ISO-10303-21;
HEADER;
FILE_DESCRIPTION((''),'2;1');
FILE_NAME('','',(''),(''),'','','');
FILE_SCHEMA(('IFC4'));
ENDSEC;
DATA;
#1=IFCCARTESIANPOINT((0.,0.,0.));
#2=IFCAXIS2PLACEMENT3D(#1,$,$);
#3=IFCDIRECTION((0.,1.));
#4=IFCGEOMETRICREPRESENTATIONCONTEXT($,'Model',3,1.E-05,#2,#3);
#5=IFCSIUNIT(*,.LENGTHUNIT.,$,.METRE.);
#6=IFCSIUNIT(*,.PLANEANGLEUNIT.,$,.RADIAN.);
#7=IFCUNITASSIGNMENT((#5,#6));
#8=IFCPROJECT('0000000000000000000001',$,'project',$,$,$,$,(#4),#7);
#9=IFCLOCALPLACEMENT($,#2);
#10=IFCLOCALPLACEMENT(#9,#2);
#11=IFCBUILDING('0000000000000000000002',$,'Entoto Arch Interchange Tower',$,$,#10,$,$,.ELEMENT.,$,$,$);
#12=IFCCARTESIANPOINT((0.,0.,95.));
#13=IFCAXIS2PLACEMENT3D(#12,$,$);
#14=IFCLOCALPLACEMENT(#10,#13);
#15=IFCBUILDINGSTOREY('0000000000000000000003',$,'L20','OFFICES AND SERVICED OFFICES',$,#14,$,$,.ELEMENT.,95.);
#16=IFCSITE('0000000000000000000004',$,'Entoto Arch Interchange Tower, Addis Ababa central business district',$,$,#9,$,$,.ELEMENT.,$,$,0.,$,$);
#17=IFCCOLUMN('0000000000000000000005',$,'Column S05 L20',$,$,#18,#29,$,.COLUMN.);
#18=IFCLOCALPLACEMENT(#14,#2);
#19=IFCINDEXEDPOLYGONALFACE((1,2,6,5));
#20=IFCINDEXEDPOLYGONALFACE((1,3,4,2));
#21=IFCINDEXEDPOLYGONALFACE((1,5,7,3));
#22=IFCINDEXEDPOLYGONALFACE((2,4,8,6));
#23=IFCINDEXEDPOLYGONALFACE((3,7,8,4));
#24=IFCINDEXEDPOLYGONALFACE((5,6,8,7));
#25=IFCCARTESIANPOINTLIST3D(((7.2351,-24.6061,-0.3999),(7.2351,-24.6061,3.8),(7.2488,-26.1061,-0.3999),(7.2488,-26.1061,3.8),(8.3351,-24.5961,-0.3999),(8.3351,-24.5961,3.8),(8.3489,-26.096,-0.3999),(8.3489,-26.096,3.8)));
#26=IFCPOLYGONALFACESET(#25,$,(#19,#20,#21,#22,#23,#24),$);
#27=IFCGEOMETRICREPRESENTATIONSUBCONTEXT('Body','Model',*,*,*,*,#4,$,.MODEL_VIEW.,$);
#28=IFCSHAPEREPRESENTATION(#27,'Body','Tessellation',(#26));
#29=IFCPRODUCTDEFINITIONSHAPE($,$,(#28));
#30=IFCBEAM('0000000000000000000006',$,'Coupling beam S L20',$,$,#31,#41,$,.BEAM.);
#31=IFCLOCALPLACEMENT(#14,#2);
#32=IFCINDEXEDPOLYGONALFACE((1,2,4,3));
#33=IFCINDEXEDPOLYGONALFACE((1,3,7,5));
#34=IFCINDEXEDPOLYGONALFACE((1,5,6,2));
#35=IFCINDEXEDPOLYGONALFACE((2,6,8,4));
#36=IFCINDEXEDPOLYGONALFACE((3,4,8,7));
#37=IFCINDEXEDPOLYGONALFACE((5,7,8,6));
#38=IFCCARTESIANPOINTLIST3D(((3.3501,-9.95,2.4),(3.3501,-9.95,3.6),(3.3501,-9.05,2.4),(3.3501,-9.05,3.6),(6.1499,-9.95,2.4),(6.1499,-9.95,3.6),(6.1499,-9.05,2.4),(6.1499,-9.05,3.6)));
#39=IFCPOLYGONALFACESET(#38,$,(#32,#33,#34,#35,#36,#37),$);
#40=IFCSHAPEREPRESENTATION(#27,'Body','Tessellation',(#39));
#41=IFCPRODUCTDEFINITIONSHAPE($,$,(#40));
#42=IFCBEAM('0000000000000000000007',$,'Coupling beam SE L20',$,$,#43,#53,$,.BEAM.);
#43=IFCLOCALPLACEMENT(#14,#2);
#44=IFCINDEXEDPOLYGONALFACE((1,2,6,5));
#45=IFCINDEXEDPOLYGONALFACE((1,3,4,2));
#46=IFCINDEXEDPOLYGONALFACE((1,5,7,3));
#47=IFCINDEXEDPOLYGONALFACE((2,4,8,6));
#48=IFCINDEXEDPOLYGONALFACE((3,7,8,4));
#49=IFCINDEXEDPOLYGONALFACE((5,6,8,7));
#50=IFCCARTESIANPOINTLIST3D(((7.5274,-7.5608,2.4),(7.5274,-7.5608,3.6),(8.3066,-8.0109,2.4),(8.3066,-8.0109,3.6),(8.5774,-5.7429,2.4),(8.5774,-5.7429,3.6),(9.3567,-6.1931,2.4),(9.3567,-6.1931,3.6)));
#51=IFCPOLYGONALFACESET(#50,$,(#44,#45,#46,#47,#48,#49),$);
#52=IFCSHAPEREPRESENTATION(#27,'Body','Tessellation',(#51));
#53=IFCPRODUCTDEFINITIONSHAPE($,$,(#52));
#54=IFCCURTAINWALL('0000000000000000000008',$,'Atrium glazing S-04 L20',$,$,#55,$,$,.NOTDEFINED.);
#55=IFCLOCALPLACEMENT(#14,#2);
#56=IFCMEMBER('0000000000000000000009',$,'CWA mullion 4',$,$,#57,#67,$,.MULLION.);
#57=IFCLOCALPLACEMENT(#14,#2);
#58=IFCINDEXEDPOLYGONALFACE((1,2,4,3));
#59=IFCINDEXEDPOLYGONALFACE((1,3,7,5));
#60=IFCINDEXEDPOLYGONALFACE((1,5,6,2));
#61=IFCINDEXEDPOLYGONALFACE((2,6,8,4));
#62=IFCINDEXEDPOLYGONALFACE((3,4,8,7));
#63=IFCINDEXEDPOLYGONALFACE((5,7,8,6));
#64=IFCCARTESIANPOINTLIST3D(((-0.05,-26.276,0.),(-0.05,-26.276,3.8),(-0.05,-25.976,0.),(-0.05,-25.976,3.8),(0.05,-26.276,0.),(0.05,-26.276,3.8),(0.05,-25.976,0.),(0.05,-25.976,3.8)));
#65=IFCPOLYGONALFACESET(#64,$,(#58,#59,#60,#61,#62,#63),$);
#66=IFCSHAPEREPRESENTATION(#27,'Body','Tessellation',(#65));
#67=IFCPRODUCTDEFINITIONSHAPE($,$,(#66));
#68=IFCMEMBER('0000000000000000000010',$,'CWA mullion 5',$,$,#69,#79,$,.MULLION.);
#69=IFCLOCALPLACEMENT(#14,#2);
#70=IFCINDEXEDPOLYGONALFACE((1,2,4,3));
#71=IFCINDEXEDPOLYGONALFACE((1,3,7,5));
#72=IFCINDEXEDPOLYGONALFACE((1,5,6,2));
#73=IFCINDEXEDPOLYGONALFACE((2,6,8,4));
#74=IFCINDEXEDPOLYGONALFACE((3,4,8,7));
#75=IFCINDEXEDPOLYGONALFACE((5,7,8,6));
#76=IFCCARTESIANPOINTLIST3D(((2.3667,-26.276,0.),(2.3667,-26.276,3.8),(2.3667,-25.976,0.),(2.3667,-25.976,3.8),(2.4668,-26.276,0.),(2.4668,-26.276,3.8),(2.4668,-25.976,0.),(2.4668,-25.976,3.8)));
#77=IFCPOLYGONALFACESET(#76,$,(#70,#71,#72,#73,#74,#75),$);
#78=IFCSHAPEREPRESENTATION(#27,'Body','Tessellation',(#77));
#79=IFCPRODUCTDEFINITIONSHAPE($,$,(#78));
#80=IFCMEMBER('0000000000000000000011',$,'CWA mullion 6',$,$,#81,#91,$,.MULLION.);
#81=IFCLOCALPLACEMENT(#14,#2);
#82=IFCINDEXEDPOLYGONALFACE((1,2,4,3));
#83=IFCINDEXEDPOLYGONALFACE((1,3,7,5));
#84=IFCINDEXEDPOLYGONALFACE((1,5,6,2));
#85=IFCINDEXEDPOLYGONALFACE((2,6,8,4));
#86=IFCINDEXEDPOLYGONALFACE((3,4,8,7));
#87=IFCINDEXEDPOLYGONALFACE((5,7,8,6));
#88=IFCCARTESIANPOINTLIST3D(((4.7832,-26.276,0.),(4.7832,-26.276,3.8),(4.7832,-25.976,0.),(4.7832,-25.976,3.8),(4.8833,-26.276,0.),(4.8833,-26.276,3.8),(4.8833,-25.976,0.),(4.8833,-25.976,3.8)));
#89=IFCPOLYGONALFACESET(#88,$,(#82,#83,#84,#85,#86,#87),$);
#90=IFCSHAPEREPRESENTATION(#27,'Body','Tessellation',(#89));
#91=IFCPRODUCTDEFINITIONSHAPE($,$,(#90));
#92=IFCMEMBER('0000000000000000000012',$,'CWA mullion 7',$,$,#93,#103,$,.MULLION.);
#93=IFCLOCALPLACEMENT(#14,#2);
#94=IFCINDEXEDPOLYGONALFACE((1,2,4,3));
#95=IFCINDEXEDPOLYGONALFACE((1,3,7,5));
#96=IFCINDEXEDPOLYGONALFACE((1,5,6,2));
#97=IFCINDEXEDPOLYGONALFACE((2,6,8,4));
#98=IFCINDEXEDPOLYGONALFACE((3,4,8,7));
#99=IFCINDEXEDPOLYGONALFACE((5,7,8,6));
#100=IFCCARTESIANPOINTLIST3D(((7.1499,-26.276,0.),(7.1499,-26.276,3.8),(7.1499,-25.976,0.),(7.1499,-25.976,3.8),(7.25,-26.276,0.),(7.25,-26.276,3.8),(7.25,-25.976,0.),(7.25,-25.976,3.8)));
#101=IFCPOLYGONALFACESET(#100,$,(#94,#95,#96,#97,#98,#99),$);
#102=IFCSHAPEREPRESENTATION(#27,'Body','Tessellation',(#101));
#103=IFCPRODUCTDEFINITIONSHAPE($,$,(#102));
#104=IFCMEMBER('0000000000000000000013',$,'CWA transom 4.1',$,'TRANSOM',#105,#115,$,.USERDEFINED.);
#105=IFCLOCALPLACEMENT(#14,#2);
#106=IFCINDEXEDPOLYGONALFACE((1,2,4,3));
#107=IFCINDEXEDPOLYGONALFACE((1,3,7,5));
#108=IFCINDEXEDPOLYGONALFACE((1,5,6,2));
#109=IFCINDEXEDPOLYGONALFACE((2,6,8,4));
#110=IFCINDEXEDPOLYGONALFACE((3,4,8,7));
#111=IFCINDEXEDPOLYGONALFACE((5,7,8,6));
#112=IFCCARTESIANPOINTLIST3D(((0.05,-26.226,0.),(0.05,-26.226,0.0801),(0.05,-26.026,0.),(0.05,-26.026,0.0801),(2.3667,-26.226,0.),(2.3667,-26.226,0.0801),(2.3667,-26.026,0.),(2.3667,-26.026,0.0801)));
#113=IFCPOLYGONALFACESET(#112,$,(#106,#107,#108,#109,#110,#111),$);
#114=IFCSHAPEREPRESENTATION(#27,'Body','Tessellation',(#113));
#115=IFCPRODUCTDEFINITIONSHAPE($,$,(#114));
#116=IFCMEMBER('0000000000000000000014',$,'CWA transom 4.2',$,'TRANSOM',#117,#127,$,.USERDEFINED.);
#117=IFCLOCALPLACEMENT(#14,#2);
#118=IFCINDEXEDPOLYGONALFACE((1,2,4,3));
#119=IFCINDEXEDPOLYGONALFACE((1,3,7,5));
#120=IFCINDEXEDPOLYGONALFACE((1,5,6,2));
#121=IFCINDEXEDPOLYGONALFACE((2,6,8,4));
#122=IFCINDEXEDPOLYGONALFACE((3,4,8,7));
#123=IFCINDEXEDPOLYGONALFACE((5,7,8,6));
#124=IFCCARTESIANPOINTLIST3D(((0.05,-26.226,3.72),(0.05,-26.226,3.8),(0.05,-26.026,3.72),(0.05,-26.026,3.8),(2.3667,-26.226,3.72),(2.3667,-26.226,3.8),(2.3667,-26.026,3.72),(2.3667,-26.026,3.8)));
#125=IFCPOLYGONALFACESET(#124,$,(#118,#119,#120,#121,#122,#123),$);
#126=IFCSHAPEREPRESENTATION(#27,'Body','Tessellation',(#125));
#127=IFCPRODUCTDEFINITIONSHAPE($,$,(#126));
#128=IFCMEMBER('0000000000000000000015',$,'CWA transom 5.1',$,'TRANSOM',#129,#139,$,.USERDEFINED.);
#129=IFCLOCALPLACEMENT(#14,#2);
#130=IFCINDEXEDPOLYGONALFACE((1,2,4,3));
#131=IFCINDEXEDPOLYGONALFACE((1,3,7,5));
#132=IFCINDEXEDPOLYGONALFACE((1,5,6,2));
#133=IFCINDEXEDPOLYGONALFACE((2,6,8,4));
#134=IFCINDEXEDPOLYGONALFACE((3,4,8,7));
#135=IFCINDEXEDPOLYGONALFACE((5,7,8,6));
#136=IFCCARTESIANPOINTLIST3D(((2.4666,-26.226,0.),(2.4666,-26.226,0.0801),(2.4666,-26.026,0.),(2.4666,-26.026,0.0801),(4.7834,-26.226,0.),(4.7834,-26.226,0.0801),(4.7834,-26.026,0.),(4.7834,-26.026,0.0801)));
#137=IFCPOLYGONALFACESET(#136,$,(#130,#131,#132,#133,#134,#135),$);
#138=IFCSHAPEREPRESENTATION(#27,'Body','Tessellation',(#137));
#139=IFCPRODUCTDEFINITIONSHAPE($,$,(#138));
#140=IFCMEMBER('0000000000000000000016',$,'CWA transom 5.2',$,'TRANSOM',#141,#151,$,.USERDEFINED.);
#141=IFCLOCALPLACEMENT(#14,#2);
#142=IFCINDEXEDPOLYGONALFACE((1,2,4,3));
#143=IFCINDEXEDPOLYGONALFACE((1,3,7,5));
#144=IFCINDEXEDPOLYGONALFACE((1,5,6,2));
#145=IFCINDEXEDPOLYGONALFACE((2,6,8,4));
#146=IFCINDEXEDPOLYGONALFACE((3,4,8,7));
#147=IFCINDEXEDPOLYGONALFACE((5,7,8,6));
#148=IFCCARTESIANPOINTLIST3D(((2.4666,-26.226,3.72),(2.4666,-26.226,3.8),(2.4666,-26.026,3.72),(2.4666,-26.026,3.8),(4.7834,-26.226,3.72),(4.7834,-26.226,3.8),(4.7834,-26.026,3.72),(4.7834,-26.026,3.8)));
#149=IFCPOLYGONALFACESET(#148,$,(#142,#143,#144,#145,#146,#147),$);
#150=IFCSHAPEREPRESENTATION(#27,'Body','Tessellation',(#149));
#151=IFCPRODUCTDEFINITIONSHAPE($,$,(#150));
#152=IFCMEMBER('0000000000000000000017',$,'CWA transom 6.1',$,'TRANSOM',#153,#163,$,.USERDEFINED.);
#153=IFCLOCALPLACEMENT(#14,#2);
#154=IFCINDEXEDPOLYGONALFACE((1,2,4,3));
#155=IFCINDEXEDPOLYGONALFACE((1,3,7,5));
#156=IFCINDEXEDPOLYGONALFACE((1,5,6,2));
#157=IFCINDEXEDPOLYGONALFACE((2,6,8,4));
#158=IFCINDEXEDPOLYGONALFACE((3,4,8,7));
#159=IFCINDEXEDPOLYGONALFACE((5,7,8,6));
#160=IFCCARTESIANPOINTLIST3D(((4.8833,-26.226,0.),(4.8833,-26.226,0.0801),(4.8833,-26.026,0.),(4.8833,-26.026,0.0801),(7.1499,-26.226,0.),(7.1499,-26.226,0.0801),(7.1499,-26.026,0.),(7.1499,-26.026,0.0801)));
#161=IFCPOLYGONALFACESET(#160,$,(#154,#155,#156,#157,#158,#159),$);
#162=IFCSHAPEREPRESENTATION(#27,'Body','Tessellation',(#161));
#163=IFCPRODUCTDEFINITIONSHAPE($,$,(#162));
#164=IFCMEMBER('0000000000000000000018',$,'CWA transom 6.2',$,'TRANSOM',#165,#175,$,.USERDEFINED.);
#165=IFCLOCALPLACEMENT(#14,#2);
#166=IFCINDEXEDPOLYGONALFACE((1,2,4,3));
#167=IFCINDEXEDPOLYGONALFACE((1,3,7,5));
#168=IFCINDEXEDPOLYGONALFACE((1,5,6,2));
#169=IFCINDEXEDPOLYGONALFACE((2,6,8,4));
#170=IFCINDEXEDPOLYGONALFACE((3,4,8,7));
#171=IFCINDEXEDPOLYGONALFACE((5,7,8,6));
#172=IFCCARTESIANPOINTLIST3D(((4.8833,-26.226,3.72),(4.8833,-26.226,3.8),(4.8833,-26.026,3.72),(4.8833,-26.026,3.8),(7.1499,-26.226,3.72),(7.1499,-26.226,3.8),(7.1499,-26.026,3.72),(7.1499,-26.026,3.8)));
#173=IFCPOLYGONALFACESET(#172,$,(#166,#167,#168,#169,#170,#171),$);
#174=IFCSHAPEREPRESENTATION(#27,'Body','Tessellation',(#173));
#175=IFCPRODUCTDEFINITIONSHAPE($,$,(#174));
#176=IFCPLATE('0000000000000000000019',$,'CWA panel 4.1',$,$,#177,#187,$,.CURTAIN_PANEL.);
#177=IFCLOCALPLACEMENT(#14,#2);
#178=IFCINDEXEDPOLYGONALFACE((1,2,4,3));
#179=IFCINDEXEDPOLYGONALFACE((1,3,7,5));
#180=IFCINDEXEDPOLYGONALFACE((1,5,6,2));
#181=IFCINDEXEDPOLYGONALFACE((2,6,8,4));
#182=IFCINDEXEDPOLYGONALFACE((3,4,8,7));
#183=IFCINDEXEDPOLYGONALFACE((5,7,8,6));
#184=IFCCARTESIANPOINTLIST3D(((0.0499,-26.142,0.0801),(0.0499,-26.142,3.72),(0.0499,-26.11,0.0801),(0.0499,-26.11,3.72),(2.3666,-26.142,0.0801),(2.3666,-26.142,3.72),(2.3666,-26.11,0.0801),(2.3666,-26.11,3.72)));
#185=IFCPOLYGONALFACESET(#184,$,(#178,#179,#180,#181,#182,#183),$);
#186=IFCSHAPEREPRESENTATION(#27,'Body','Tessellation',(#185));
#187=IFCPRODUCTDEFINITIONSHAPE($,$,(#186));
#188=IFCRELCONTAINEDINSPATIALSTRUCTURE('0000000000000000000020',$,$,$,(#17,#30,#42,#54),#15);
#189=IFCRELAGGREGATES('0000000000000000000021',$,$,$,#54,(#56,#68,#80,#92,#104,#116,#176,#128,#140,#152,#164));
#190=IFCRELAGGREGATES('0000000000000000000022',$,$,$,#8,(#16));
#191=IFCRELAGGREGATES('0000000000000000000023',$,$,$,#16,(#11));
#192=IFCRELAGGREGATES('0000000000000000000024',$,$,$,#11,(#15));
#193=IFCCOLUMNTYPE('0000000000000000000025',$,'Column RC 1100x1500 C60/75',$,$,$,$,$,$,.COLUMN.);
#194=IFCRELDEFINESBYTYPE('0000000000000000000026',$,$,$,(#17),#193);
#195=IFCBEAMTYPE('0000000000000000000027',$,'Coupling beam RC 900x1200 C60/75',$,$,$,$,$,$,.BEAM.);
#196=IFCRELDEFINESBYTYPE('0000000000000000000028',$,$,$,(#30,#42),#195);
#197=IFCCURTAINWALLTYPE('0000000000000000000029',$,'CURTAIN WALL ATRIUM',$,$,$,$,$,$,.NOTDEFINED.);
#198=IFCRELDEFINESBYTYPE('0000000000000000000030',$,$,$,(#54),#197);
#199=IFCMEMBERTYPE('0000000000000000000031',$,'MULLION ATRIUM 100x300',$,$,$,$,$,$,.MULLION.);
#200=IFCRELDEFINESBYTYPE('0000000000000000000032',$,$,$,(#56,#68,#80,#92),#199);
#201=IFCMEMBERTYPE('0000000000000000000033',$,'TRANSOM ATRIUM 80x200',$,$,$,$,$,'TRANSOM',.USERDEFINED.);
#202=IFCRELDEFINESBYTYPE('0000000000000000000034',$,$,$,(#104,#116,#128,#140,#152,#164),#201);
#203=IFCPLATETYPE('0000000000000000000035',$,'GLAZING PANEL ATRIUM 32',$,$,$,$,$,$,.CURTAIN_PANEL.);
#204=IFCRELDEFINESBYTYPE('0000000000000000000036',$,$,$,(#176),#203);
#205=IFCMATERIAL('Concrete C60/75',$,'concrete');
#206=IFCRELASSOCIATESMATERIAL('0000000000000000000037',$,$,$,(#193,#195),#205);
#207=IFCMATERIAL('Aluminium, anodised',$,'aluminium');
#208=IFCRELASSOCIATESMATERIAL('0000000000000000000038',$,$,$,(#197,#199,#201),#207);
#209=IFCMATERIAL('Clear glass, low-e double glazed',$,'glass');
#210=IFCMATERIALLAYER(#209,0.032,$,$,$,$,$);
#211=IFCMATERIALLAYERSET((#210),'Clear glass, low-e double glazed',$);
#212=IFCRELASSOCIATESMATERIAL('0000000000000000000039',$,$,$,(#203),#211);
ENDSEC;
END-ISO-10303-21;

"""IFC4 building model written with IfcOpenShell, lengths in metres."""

from ifc_helpers import new_model, si_unit, direction, frame, origin, origin_2d, place, context, subcontext, project, spatial, rectangle, extrude, material, layer, layer_set, material_profile, profile_set, type_object, element, aggregate, save


model = new_model("IFC4")

# Units and contexts
model_context = context("Model", 3, precision=1e-05, world=origin(), true_north=direction((0.0, 1.0)))
body_context = subcontext(model_context, "Body", "Model", "MODEL_VIEW")
ifc_project = project(units=[si_unit("LENGTHUNIT", "METRE"), si_unit("PLANEANGLEUNIT", "RADIAN")], contexts=[model_context])

# Site, building, storey
site_placement = place(None, origin())
site = spatial("IfcSite", under=ifc_project, at=site_placement, Name="Entoto Arch Interchange Tower, Addis Ababa central business district", CompositionType="ELEMENT", RefElevation=0.0)
building_placement = place(site_placement, origin())
building = spatial("IfcBuilding", under=site, at=building_placement, Name="Entoto Arch Interchange Tower", CompositionType="ELEMENT")
storey_placement = place(building_placement, frame((0.0, 0.0, 95.0)))
storey = spatial("IfcBuildingStorey", under=building, at=storey_placement, Name="L20", Description="OFFICES AND SERVICED OFFICES", CompositionType="ELEMENT", Elevation=95.0)

# Column
ifc_material_1 = material(Name="Concrete C60/75", Category="concrete")
ifc_material_profile_1 = material_profile(ifc_material_1, rectangle(XDim=1.1001, YDim=1.5, at=origin_2d()))
ifc_profile_set_1 = profile_set([ifc_material_profile_1], Name="Concrete C60/75")
column_type = type_object("IfcColumnType", Name="Column RC 1100x1500 C60/75", PredefinedType="COLUMN", material=ifc_profile_set_1)
column_placement = place(storey_placement, frame((7.792, -25.3511, -0.3999), z_axis=(0.0, 0.0, 1.0), x_axis=(0.999958, 0.009163, 0.0)))
element("IfcColumn", 1, at=column_placement, inside=storey, type_object=column_type, Name="Column S05 L20", PredefinedType="COLUMN", context=body_context, shape_type="SweptSolid", body=[
    extrude(rectangle(XDim=1.1001, YDim=1.5, at=origin_2d()), origin(), (0.0, 0.0, 1.0), 4.2),
])

# Beams
ifc_material_profile_2 = material_profile(ifc_material_1, rectangle(XDim=0.8999, YDim=1.2, at=origin_2d()))
ifc_profile_set_2 = profile_set([ifc_material_profile_2], Name="Concrete C60/75")
beam_type = type_object("IfcBeamType", Name="Coupling beam RC 900x1200 C60/75", PredefinedType="BEAM", material=ifc_profile_set_2)
beam_1_placement = place(storey_placement, frame((3.3501, -9.5, 3.0), z_axis=(1.0, 0.0, 0.0), x_axis=(0.0, 1.0, 0.0)))
element("IfcBeam", 2, at=beam_1_placement, inside=storey, type_object=beam_type, Name="Coupling beam S L20", PredefinedType="BEAM", context=body_context, shape_type="SweptSolid", body=[
    extrude(rectangle(XDim=0.8999, YDim=1.2, at=origin_2d()), origin(), (0.0, 0.0, 1.0), 2.7998),
])
beam_2_placement = place(storey_placement, frame((7.917, -7.7859, 3.0), z_axis=(0.500179, 0.865922, 0.0), x_axis=(-0.865922, 0.500179, 0.0)))
element("IfcBeam", 3, at=beam_2_placement, inside=storey, type_object=beam_type, Name="Coupling beam SE L20", PredefinedType="BEAM", context=body_context, shape_type="SweptSolid", body=[
    extrude(rectangle(XDim=0.8999, YDim=1.2, at=origin_2d()), origin(), (0.0, 0.0, 1.0), 2.0994),
])

# Curtain wall, members, plate
ifc_material_2 = material(Name="Aluminium, anodised", Category="aluminium")
curtain_wall_type = type_object("IfcCurtainWallType", Name="CURTAIN WALL ATRIUM", PredefinedType="NOTDEFINED", material=ifc_material_2)
curtain_wall_placement = place(storey_placement, origin())
curtain_wall = element("IfcCurtainWall", 4, at=curtain_wall_placement, inside=storey, type_object=curtain_wall_type, Name="Atrium glazing S-04 L20", PredefinedType="NOTDEFINED")
ifc_material_profile_3 = material_profile(ifc_material_2, rectangle(XDim=0.3, YDim=0.1001, at=origin_2d()))
ifc_profile_set_3 = profile_set([ifc_material_profile_3], Name="Aluminium, anodised")
member_type_1 = type_object("IfcMemberType", Name="MULLION ATRIUM 100x300", PredefinedType="MULLION", material=ifc_profile_set_3)
member_1_placement = place(storey_placement, frame((0.0, -26.126, 0.0), z_axis=(0.0, 0.0, 1.0), x_axis=(0.0, 1.0, 0.0)))
member_1 = element("IfcMember", 5, at=member_1_placement, type_object=member_type_1, Name="CWA mullion 4", PredefinedType="MULLION", context=body_context, shape_type="SweptSolid", body=[
    extrude(rectangle(XDim=0.3, YDim=0.1001, at=origin_2d()), origin(), (0.0, 0.0, 1.0), 3.8),
])
member_2_placement = place(storey_placement, frame((2.4167, -26.126, 0.0), z_axis=(0.0, 0.0, 1.0), x_axis=(0.0, 1.0, 0.0)))
member_2 = element("IfcMember", 6, at=member_2_placement, type_object=member_type_1, Name="CWA mullion 5", PredefinedType="MULLION", context=body_context, shape_type="SweptSolid", body=[
    extrude(rectangle(XDim=0.3, YDim=0.1001, at=origin_2d()), origin(), (0.0, 0.0, 1.0), 3.8),
])
member_3_placement = place(storey_placement, frame((4.8333, -26.126, 0.0), z_axis=(0.0, 0.0, 1.0), x_axis=(0.0, 1.0, 0.0)))
member_3 = element("IfcMember", 7, at=member_3_placement, type_object=member_type_1, Name="CWA mullion 6", PredefinedType="MULLION", context=body_context, shape_type="SweptSolid", body=[
    extrude(rectangle(XDim=0.3, YDim=0.1001, at=origin_2d()), origin(), (0.0, 0.0, 1.0), 3.8),
])
member_4_placement = place(storey_placement, frame((7.2, -26.126, 0.0), z_axis=(0.0, 0.0, 1.0), x_axis=(0.0, 1.0, 0.0)))
member_4 = element("IfcMember", 8, at=member_4_placement, type_object=member_type_1, Name="CWA mullion 7", PredefinedType="MULLION", context=body_context, shape_type="SweptSolid", body=[
    extrude(rectangle(XDim=0.3, YDim=0.1001, at=origin_2d()), origin(), (0.0, 0.0, 1.0), 3.8),
])
ifc_material_profile_4 = material_profile(ifc_material_2, rectangle(XDim=0.2, YDim=0.0801, at=origin_2d()))
ifc_profile_set_4 = profile_set([ifc_material_profile_4], Name="Aluminium, anodised")
member_type_2 = type_object("IfcMemberType", Name="TRANSOM ATRIUM 80x200", ElementType="TRANSOM", PredefinedType="USERDEFINED", material=ifc_profile_set_4)
member_5_placement = place(storey_placement, frame((0.05, -26.126, 0.04), z_axis=(1.0, 0.0, 0.0), x_axis=(0.0, 1.0, 0.0)))
member_5 = element("IfcMember", 9, at=member_5_placement, type_object=member_type_2, Name="CWA transom 4.1", ObjectType="TRANSOM", PredefinedType="USERDEFINED", context=body_context, shape_type="SweptSolid", body=[
    extrude(rectangle(XDim=0.2, YDim=0.0801, at=origin_2d()), origin(), (0.0, 0.0, 1.0), 2.3167),
])
member_6_placement = place(storey_placement, frame((0.05, -26.126, 3.76), z_axis=(1.0, 0.0, 0.0), x_axis=(0.0, 1.0, 0.0)))
member_6 = element("IfcMember", 10, at=member_6_placement, type_object=member_type_2, Name="CWA transom 4.2", ObjectType="TRANSOM", PredefinedType="USERDEFINED", context=body_context, shape_type="SweptSolid", body=[
    extrude(rectangle(XDim=0.2, YDim=0.0801, at=origin_2d()), origin(), (0.0, 0.0, 1.0), 2.3167),
])
member_7_placement = place(storey_placement, frame((2.4666, -26.126, 0.04), z_axis=(1.0, 0.0, 0.0), x_axis=(0.0, 1.0, 0.0)))
member_7 = element("IfcMember", 11, at=member_7_placement, type_object=member_type_2, Name="CWA transom 5.1", ObjectType="TRANSOM", PredefinedType="USERDEFINED", context=body_context, shape_type="SweptSolid", body=[
    extrude(rectangle(XDim=0.2, YDim=0.0801, at=origin_2d()), origin(), (0.0, 0.0, 1.0), 2.3169),
])
member_8_placement = place(storey_placement, frame((2.4666, -26.126, 3.76), z_axis=(1.0, 0.0, 0.0), x_axis=(0.0, 1.0, 0.0)))
member_8 = element("IfcMember", 12, at=member_8_placement, type_object=member_type_2, Name="CWA transom 5.2", ObjectType="TRANSOM", PredefinedType="USERDEFINED", context=body_context, shape_type="SweptSolid", body=[
    extrude(rectangle(XDim=0.2, YDim=0.0801, at=origin_2d()), origin(), (0.0, 0.0, 1.0), 2.3169),
])
member_9_placement = place(storey_placement, frame((4.8833, -26.126, 0.04), z_axis=(1.0, 0.0, 0.0), x_axis=(0.0, 1.0, 0.0)))
member_9 = element("IfcMember", 13, at=member_9_placement, type_object=member_type_2, Name="CWA transom 6.1", ObjectType="TRANSOM", PredefinedType="USERDEFINED", context=body_context, shape_type="SweptSolid", body=[
    extrude(rectangle(XDim=0.2, YDim=0.0801, at=origin_2d()), origin(), (0.0, 0.0, 1.0), 2.2666),
])
member_10_placement = place(storey_placement, frame((4.8833, -26.126, 3.76), z_axis=(1.0, 0.0, 0.0), x_axis=(0.0, 1.0, 0.0)))
member_10 = element("IfcMember", 14, at=member_10_placement, type_object=member_type_2, Name="CWA transom 6.2", ObjectType="TRANSOM", PredefinedType="USERDEFINED", context=body_context, shape_type="SweptSolid", body=[
    extrude(rectangle(XDim=0.2, YDim=0.0801, at=origin_2d()), origin(), (0.0, 0.0, 1.0), 2.2666),
])
ifc_material_3 = material(Name="Clear glass, low-e double glazed", Category="glass")
ifc_layer_1 = layer(ifc_material_3, 0.032)
ifc_layer_set_1 = layer_set([ifc_layer_1], Name="Clear glass, low-e double glazed")
plate_type = type_object("IfcPlateType", Name="GLAZING PANEL ATRIUM 32", PredefinedType="CURTAIN_PANEL", material=ifc_layer_set_1)
plate_1_placement = place(storey_placement, frame((1.2083, -26.126, 0.0801), z_axis=(0.0, 0.0, 1.0), x_axis=(1.0, 0.0, 0.0)))
plate_1 = element("IfcPlate", 15, at=plate_1_placement, type_object=plate_type, Name="CWA panel 4.1", PredefinedType="CURTAIN_PANEL", context=body_context, shape_type="SweptSolid", body=[
    extrude(rectangle(XDim=2.3167, YDim=0.032, at=origin_2d()), origin(), (0.0, 0.0, 1.0), 3.6399),
])
aggregate(curtain_wall, [member_1, member_2, member_3, member_4, member_5, member_6, plate_1, member_7, member_8, member_9, member_10])

save(model, "model.ifc")
